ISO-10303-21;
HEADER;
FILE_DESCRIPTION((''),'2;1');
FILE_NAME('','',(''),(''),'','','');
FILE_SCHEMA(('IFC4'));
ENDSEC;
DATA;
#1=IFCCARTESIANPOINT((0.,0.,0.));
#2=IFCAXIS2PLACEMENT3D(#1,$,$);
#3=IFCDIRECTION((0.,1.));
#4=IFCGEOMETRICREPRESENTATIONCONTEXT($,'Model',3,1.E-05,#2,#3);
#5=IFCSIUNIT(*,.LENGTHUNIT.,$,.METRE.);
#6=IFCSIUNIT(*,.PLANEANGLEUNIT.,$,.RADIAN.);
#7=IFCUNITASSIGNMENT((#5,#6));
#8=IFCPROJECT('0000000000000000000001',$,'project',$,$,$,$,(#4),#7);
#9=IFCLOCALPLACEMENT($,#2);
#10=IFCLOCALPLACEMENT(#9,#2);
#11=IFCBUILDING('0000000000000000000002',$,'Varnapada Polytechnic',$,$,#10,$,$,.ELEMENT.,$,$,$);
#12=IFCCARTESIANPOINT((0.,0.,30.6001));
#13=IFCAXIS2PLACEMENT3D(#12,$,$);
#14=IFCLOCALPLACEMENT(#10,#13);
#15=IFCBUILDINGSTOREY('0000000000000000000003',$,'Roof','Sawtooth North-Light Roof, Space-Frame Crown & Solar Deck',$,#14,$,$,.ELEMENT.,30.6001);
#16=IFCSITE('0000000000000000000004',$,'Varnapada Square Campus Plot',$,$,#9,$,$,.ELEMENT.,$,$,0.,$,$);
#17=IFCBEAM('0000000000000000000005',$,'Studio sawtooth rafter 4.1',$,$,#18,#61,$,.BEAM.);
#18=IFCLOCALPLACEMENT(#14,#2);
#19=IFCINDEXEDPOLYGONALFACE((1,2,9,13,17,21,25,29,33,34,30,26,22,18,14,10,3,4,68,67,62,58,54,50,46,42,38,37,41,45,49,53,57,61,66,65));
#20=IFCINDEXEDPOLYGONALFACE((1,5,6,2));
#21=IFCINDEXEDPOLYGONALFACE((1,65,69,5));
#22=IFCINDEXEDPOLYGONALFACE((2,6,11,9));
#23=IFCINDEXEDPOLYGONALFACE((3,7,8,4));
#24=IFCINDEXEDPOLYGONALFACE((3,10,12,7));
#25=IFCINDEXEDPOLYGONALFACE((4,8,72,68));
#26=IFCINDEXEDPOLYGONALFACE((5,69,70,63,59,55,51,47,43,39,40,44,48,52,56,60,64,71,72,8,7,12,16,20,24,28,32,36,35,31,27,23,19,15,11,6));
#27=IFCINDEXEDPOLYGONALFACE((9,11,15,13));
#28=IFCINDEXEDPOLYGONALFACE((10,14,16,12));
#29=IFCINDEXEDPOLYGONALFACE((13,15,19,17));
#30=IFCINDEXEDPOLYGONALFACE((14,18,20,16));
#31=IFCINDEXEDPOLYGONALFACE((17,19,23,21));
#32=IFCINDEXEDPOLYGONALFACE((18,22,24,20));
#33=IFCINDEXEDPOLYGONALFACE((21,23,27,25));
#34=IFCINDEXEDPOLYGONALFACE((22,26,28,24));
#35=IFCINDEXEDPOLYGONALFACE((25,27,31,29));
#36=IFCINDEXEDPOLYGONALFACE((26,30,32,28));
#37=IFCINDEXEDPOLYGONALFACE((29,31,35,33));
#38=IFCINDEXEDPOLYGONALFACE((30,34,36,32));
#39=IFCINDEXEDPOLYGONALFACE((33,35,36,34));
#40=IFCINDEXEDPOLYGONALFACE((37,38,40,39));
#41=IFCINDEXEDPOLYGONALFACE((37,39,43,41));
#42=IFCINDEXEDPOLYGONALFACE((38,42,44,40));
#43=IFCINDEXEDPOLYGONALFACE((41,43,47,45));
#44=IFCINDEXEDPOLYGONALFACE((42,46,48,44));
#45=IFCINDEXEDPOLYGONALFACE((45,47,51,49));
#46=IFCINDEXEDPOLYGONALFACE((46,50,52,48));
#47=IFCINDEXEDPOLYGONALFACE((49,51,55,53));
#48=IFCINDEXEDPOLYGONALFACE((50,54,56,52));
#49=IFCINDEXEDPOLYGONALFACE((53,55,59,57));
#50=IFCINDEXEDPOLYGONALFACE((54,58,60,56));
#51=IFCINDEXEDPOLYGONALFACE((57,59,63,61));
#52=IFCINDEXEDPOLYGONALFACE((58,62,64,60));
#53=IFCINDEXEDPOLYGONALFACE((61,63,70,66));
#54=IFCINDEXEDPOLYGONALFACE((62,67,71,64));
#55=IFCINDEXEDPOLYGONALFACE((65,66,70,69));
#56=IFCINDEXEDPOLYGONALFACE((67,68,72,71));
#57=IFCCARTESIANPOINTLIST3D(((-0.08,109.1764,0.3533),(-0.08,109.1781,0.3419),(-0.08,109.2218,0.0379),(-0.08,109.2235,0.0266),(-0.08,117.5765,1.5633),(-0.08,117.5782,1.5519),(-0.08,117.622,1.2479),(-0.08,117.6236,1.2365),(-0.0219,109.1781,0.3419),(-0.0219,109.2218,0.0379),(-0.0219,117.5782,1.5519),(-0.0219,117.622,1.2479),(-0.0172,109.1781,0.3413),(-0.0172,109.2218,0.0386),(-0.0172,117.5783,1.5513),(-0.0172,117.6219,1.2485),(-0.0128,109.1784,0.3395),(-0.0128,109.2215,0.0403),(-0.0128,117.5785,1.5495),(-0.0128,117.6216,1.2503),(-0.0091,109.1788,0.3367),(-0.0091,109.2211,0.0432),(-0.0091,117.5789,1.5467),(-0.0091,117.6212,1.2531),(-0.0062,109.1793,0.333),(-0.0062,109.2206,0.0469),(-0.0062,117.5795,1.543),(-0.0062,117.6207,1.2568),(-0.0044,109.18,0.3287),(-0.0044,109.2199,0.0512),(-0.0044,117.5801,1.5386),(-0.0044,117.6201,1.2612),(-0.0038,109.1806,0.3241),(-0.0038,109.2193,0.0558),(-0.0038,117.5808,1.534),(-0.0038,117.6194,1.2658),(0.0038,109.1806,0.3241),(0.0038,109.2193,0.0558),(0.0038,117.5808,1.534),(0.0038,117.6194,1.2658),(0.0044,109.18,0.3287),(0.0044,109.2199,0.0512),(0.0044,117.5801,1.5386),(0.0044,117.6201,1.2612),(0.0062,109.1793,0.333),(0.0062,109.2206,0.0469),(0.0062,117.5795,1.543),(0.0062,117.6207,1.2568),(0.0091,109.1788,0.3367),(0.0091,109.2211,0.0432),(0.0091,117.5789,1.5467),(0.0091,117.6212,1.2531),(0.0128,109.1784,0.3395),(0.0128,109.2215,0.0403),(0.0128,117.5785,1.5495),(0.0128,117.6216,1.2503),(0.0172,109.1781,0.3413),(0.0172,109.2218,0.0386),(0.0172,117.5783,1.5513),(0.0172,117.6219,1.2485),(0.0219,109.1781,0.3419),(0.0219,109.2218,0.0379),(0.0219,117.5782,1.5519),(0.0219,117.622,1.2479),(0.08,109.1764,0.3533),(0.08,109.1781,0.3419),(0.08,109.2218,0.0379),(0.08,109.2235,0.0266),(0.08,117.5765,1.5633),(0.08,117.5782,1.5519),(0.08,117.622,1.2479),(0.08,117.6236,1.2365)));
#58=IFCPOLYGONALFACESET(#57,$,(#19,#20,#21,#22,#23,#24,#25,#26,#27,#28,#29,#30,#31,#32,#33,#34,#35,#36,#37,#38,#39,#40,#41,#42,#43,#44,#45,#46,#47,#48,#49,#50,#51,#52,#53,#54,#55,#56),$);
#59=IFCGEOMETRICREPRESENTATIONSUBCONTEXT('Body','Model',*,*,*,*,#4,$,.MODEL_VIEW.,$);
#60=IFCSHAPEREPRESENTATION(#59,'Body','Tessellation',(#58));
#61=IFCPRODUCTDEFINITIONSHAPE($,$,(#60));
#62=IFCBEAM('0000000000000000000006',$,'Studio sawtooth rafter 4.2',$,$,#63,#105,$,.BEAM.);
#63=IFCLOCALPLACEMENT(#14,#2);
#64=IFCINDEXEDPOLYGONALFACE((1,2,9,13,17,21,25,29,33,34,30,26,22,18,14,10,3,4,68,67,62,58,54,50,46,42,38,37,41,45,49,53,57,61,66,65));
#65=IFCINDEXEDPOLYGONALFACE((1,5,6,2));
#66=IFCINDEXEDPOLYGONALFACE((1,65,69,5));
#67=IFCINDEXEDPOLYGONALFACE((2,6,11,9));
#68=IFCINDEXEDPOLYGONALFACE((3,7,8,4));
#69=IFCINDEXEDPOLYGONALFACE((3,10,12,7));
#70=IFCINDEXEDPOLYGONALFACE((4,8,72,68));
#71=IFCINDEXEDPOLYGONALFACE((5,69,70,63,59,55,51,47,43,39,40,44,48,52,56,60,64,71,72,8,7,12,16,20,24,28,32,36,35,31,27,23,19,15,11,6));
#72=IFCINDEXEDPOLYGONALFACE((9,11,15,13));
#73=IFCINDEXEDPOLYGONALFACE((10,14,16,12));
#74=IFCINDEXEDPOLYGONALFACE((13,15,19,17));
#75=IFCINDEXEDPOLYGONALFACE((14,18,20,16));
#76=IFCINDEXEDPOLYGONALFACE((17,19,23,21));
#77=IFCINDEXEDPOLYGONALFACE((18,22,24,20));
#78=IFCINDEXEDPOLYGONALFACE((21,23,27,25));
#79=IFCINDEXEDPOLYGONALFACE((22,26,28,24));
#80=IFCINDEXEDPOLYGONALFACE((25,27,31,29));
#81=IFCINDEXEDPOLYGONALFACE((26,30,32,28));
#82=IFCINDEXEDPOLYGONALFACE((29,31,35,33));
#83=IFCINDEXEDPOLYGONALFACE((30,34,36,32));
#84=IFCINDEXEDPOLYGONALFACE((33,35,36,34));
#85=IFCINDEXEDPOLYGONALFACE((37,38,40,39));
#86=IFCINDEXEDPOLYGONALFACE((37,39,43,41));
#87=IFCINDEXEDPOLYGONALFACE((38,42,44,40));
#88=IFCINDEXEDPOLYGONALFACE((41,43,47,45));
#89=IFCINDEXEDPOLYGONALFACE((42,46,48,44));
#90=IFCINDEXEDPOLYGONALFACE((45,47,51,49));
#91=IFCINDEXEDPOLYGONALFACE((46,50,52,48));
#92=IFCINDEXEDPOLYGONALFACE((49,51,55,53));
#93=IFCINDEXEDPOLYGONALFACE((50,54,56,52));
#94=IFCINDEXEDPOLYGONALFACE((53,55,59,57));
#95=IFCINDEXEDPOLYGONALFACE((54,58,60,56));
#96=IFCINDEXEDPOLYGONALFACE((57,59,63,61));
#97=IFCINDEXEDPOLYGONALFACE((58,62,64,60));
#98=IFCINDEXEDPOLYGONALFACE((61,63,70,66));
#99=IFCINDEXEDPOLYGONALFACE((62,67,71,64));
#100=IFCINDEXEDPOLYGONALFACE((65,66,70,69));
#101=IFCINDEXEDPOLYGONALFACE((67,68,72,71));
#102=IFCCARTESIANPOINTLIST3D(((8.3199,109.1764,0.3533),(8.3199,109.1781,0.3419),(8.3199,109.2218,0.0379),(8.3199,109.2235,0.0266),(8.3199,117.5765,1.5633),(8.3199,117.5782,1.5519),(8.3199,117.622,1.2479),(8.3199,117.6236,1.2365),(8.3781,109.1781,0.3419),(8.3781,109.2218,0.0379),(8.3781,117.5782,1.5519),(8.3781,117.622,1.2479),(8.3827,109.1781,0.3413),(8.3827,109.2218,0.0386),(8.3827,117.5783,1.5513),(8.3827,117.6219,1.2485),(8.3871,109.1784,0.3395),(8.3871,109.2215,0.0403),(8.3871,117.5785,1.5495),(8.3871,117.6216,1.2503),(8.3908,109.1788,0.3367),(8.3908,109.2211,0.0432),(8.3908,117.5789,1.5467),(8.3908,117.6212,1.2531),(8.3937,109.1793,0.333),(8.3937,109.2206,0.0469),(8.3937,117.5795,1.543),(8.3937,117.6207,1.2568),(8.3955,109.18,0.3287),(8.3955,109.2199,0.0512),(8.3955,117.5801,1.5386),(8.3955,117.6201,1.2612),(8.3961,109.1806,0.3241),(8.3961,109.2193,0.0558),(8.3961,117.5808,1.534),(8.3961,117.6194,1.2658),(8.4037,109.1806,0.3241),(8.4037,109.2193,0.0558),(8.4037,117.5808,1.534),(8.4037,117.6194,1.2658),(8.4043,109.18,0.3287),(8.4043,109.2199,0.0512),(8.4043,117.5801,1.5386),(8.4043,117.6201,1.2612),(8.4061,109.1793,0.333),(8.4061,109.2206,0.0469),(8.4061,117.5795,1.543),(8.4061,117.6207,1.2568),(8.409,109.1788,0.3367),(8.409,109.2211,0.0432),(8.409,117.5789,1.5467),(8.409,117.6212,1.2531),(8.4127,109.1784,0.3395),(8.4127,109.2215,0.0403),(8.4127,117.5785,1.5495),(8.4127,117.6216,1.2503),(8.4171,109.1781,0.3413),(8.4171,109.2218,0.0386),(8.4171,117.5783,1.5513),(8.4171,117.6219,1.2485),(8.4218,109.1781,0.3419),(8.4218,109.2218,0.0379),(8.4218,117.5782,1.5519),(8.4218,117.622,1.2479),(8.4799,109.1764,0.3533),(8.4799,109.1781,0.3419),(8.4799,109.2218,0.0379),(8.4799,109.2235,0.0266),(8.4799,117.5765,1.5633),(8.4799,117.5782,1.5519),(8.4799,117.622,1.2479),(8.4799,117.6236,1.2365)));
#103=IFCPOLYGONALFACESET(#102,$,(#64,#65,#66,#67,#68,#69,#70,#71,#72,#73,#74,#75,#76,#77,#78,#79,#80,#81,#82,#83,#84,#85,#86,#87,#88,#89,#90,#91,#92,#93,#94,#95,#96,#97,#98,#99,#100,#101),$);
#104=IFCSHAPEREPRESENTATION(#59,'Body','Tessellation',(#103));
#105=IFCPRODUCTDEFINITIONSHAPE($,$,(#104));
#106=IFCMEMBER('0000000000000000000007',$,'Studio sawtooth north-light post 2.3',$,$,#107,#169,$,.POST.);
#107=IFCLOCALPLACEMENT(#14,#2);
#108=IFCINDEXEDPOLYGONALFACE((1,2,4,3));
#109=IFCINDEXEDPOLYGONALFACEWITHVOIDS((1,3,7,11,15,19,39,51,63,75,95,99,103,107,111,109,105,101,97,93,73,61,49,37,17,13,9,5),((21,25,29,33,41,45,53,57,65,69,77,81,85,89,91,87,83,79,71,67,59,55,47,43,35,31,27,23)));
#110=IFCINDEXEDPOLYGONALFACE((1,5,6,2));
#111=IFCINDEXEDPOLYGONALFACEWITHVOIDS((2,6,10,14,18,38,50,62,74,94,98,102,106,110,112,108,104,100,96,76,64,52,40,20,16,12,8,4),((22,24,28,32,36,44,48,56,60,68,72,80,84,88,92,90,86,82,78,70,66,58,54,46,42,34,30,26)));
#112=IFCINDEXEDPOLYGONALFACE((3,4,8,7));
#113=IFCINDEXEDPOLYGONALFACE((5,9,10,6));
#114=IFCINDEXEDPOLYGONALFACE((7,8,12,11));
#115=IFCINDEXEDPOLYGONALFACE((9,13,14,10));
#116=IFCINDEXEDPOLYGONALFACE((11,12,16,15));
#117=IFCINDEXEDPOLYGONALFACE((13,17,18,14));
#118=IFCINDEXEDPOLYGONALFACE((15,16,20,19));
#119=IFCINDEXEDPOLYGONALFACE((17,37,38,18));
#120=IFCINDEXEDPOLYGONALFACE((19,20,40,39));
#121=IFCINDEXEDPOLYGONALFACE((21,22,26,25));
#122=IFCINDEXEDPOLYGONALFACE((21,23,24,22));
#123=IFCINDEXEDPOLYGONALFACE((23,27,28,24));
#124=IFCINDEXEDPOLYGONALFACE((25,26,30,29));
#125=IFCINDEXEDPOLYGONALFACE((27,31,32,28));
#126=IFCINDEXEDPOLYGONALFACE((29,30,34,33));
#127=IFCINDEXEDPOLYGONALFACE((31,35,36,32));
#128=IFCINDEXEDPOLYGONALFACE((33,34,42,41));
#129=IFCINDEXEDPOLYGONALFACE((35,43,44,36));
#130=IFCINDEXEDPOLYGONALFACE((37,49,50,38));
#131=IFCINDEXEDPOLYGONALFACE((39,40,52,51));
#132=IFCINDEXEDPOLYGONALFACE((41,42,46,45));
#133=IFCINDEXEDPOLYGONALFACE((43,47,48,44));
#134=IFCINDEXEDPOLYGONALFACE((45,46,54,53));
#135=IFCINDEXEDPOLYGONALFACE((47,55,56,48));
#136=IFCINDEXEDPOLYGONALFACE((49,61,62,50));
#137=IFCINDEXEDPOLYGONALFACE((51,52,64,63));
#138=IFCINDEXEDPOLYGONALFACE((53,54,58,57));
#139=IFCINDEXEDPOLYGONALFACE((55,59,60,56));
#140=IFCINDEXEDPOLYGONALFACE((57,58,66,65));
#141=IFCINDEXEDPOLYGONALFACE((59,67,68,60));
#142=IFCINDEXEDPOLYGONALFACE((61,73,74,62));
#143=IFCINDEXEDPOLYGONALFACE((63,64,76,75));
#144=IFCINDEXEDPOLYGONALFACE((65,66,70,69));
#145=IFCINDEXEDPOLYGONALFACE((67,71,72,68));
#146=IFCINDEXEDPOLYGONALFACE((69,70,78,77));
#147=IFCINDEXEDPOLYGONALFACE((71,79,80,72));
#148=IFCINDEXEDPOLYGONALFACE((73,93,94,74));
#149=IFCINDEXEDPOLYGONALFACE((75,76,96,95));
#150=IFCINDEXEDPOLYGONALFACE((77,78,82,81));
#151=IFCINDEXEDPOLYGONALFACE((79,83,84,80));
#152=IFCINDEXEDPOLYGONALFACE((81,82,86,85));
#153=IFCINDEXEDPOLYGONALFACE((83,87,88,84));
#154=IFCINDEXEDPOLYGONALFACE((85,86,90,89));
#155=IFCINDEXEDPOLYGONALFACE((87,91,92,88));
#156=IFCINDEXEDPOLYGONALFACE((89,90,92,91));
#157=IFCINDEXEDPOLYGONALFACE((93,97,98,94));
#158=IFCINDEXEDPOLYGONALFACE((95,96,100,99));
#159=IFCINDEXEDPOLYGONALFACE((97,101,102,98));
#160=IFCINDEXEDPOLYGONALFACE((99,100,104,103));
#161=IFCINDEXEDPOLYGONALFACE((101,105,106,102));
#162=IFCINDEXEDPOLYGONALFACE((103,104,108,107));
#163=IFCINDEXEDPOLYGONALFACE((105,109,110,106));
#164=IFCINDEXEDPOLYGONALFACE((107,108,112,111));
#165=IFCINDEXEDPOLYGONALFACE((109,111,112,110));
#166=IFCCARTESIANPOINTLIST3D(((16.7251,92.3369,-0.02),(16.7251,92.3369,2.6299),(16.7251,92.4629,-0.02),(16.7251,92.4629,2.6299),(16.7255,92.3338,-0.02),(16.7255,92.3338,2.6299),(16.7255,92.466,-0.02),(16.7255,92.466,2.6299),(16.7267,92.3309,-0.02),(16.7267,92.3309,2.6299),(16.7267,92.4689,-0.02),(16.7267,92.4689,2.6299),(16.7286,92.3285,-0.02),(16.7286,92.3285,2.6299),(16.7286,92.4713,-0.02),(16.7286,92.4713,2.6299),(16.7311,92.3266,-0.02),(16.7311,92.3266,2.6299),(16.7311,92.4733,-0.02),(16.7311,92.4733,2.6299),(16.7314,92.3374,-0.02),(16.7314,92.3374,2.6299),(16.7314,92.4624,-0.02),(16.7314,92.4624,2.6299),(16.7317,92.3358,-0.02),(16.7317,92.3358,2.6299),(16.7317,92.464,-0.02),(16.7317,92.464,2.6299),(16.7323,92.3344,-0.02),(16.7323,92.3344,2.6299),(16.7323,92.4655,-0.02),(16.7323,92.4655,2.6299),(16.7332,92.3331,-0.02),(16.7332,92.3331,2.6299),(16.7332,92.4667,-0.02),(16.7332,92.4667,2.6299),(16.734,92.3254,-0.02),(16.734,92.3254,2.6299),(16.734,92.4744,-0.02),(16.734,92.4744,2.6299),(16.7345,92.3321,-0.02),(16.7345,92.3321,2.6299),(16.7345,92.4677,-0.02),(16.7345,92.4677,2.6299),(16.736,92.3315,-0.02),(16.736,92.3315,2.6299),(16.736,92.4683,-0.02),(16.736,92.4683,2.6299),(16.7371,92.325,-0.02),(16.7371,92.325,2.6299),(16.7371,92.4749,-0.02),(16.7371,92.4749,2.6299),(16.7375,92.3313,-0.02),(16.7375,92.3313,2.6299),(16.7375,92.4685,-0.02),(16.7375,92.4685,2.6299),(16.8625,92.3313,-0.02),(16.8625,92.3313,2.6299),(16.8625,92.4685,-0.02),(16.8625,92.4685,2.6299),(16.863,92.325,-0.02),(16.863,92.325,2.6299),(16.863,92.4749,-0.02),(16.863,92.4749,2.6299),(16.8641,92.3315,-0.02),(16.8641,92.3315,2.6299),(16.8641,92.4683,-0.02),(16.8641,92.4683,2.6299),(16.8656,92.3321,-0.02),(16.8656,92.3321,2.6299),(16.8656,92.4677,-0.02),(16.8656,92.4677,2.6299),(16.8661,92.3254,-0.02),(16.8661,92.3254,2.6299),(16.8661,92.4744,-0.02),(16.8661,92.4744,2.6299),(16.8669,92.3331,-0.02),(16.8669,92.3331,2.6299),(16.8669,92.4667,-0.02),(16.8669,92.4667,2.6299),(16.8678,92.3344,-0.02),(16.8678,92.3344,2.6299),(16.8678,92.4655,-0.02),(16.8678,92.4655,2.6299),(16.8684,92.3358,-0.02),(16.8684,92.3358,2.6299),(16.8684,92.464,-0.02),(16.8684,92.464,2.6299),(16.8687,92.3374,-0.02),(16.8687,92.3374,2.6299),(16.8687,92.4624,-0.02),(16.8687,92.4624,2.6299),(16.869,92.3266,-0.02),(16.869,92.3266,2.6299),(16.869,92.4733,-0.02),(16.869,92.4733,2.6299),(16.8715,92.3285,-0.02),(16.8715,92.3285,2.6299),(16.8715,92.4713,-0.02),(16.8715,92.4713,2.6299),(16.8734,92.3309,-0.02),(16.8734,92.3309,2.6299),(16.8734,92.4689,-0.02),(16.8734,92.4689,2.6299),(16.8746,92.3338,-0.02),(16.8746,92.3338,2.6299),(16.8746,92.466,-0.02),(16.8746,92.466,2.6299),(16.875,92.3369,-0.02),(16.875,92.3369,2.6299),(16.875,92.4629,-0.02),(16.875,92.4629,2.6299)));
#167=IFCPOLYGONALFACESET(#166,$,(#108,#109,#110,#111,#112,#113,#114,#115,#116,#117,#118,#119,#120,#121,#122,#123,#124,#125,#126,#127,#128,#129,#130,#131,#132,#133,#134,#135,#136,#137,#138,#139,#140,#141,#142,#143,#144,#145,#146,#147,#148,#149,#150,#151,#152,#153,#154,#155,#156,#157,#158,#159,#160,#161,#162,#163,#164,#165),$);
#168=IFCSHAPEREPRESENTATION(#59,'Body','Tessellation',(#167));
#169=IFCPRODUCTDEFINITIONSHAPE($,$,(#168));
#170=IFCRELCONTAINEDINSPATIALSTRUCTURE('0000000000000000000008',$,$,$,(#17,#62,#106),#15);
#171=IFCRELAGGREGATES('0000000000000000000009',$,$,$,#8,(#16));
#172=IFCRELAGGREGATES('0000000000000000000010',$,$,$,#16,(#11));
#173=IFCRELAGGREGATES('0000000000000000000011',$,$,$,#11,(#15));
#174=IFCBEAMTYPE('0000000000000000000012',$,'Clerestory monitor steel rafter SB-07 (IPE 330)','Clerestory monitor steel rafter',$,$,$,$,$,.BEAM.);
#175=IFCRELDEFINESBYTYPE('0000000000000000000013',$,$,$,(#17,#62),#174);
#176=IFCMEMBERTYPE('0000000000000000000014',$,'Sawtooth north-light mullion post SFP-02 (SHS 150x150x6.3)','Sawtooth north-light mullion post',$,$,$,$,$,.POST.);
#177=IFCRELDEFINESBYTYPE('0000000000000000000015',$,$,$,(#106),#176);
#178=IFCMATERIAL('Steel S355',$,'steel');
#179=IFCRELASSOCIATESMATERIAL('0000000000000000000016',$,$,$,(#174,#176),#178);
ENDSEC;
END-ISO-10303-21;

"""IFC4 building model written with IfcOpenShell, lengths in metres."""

from ifc_helpers import new_model, si_unit, direction, frame, origin, origin_2d, place, context, subcontext, project, spatial, hollow_rectangle, i_section, extrude, material, material_profile, profile_set, type_object, element, save


model = new_model("IFC4")

# Units and contexts
model_context = context("Model", 3, precision=1e-05, world=origin(), true_north=direction((0.0, 1.0)))
body_context = subcontext(model_context, "Body", "Model", "MODEL_VIEW")
ifc_project = project(units=[si_unit("LENGTHUNIT", "METRE"), si_unit("PLANEANGLEUNIT", "RADIAN")], contexts=[model_context])

# Site, building, storey
site_placement = place(None, origin())
site = spatial("IfcSite", under=ifc_project, at=site_placement, Name="Varnapada Square Campus Plot", CompositionType="ELEMENT", RefElevation=0.0)
building_placement = place(site_placement, origin())
building = spatial("IfcBuilding", under=site, at=building_placement, Name="Varnapada Polytechnic", CompositionType="ELEMENT")
storey_placement = place(building_placement, frame((0.0, 0.0, 30.6001)))
storey = spatial("IfcBuildingStorey", under=building, at=storey_placement, Name="Roof", Description="Sawtooth North-Light Roof, Space-Frame Crown & Solar Deck", CompositionType="ELEMENT", Elevation=30.6001)

# Beams
ifc_material_1 = material(Name="Steel S355", Category="steel")
ifc_material_profile_1 = material_profile(ifc_material_1, i_section(OverallWidth=0.1599, OverallDepth=0.3301, WebThickness=0.0076, FlangeThickness=0.0115, FilletRadius=0.0181, at=origin_2d()), Name="IPE 330")
ifc_profile_set_1 = profile_set([ifc_material_profile_1], Name="Steel S355")
beam_type_1 = type_object("IfcBeamType", Name="Clerestory monitor steel rafter SB-07 (IPE 330)", Description="Clerestory monitor steel rafter", PredefinedType="BEAM", material=ifc_profile_set_1)
for number, where, z_axis, x_axis, name in (
    (1, (0.0, 109.2, 0.1899), (0.0, 0.989785, 0.142569), (-1.0, 0.0, 0.0), "Studio sawtooth rafter 4.1"),
    (2, (8.3999, 109.2, 0.1899), (0.0, 0.989785, 0.142569), (-1.0, 0.0, 0.0), "Studio sawtooth rafter 4.2"),
):
    element("IfcBeam", number, at=place(storey_placement, frame(where, z_axis=z_axis, x_axis=x_axis)), inside=storey, type_object=beam_type_1, Name=name, PredefinedType="BEAM", context=body_context, shape_type="SweptSolid", body=[
        extrude(i_section(OverallWidth=0.1599, OverallDepth=0.3301, WebThickness=0.0076, FlangeThickness=0.0115, FilletRadius=0.0181, at=origin_2d()), origin(), (0.0, 0.0, 1.0), 8.4868),
    ])

# Member
ifc_material_profile_2 = material_profile(ifc_material_1, hollow_rectangle(XDim=0.1499, YDim=0.1499, WallThickness=0.0063, InnerFilletRadius=0.0061, OuterFilletRadius=0.012, at=origin_2d()), Name="SHS 150x150x6.3")
ifc_profile_set_2 = profile_set([ifc_material_profile_2], Name="Steel S355")
member_type = type_object("IfcMemberType", Name="Sawtooth north-light mullion post SFP-02 (SHS 150x150x6.3)", Description="Sawtooth north-light mullion post", PredefinedType="POST", material=ifc_profile_set_2)
for number, where, z_axis, x_axis, name in (
    (3, (16.8, 92.3999, -0.02), (0.0, 0.0, 1.0), (1.0, 0.0, 0.0), "Studio sawtooth north-light post 2.3"),
):
    element("IfcMember", number, at=place(storey_placement, frame(where, z_axis=z_axis, x_axis=x_axis)), inside=storey, type_object=member_type, Name=name, PredefinedType="POST", context=body_context, shape_type="SweptSolid", body=[
        extrude(hollow_rectangle(XDim=0.1499, YDim=0.1499, WallThickness=0.0063, InnerFilletRadius=0.0061, OuterFilletRadius=0.012, at=origin_2d()), origin(), (0.0, 0.0, 1.0), 2.6499),
    ])

save(model, "model.ifc")
